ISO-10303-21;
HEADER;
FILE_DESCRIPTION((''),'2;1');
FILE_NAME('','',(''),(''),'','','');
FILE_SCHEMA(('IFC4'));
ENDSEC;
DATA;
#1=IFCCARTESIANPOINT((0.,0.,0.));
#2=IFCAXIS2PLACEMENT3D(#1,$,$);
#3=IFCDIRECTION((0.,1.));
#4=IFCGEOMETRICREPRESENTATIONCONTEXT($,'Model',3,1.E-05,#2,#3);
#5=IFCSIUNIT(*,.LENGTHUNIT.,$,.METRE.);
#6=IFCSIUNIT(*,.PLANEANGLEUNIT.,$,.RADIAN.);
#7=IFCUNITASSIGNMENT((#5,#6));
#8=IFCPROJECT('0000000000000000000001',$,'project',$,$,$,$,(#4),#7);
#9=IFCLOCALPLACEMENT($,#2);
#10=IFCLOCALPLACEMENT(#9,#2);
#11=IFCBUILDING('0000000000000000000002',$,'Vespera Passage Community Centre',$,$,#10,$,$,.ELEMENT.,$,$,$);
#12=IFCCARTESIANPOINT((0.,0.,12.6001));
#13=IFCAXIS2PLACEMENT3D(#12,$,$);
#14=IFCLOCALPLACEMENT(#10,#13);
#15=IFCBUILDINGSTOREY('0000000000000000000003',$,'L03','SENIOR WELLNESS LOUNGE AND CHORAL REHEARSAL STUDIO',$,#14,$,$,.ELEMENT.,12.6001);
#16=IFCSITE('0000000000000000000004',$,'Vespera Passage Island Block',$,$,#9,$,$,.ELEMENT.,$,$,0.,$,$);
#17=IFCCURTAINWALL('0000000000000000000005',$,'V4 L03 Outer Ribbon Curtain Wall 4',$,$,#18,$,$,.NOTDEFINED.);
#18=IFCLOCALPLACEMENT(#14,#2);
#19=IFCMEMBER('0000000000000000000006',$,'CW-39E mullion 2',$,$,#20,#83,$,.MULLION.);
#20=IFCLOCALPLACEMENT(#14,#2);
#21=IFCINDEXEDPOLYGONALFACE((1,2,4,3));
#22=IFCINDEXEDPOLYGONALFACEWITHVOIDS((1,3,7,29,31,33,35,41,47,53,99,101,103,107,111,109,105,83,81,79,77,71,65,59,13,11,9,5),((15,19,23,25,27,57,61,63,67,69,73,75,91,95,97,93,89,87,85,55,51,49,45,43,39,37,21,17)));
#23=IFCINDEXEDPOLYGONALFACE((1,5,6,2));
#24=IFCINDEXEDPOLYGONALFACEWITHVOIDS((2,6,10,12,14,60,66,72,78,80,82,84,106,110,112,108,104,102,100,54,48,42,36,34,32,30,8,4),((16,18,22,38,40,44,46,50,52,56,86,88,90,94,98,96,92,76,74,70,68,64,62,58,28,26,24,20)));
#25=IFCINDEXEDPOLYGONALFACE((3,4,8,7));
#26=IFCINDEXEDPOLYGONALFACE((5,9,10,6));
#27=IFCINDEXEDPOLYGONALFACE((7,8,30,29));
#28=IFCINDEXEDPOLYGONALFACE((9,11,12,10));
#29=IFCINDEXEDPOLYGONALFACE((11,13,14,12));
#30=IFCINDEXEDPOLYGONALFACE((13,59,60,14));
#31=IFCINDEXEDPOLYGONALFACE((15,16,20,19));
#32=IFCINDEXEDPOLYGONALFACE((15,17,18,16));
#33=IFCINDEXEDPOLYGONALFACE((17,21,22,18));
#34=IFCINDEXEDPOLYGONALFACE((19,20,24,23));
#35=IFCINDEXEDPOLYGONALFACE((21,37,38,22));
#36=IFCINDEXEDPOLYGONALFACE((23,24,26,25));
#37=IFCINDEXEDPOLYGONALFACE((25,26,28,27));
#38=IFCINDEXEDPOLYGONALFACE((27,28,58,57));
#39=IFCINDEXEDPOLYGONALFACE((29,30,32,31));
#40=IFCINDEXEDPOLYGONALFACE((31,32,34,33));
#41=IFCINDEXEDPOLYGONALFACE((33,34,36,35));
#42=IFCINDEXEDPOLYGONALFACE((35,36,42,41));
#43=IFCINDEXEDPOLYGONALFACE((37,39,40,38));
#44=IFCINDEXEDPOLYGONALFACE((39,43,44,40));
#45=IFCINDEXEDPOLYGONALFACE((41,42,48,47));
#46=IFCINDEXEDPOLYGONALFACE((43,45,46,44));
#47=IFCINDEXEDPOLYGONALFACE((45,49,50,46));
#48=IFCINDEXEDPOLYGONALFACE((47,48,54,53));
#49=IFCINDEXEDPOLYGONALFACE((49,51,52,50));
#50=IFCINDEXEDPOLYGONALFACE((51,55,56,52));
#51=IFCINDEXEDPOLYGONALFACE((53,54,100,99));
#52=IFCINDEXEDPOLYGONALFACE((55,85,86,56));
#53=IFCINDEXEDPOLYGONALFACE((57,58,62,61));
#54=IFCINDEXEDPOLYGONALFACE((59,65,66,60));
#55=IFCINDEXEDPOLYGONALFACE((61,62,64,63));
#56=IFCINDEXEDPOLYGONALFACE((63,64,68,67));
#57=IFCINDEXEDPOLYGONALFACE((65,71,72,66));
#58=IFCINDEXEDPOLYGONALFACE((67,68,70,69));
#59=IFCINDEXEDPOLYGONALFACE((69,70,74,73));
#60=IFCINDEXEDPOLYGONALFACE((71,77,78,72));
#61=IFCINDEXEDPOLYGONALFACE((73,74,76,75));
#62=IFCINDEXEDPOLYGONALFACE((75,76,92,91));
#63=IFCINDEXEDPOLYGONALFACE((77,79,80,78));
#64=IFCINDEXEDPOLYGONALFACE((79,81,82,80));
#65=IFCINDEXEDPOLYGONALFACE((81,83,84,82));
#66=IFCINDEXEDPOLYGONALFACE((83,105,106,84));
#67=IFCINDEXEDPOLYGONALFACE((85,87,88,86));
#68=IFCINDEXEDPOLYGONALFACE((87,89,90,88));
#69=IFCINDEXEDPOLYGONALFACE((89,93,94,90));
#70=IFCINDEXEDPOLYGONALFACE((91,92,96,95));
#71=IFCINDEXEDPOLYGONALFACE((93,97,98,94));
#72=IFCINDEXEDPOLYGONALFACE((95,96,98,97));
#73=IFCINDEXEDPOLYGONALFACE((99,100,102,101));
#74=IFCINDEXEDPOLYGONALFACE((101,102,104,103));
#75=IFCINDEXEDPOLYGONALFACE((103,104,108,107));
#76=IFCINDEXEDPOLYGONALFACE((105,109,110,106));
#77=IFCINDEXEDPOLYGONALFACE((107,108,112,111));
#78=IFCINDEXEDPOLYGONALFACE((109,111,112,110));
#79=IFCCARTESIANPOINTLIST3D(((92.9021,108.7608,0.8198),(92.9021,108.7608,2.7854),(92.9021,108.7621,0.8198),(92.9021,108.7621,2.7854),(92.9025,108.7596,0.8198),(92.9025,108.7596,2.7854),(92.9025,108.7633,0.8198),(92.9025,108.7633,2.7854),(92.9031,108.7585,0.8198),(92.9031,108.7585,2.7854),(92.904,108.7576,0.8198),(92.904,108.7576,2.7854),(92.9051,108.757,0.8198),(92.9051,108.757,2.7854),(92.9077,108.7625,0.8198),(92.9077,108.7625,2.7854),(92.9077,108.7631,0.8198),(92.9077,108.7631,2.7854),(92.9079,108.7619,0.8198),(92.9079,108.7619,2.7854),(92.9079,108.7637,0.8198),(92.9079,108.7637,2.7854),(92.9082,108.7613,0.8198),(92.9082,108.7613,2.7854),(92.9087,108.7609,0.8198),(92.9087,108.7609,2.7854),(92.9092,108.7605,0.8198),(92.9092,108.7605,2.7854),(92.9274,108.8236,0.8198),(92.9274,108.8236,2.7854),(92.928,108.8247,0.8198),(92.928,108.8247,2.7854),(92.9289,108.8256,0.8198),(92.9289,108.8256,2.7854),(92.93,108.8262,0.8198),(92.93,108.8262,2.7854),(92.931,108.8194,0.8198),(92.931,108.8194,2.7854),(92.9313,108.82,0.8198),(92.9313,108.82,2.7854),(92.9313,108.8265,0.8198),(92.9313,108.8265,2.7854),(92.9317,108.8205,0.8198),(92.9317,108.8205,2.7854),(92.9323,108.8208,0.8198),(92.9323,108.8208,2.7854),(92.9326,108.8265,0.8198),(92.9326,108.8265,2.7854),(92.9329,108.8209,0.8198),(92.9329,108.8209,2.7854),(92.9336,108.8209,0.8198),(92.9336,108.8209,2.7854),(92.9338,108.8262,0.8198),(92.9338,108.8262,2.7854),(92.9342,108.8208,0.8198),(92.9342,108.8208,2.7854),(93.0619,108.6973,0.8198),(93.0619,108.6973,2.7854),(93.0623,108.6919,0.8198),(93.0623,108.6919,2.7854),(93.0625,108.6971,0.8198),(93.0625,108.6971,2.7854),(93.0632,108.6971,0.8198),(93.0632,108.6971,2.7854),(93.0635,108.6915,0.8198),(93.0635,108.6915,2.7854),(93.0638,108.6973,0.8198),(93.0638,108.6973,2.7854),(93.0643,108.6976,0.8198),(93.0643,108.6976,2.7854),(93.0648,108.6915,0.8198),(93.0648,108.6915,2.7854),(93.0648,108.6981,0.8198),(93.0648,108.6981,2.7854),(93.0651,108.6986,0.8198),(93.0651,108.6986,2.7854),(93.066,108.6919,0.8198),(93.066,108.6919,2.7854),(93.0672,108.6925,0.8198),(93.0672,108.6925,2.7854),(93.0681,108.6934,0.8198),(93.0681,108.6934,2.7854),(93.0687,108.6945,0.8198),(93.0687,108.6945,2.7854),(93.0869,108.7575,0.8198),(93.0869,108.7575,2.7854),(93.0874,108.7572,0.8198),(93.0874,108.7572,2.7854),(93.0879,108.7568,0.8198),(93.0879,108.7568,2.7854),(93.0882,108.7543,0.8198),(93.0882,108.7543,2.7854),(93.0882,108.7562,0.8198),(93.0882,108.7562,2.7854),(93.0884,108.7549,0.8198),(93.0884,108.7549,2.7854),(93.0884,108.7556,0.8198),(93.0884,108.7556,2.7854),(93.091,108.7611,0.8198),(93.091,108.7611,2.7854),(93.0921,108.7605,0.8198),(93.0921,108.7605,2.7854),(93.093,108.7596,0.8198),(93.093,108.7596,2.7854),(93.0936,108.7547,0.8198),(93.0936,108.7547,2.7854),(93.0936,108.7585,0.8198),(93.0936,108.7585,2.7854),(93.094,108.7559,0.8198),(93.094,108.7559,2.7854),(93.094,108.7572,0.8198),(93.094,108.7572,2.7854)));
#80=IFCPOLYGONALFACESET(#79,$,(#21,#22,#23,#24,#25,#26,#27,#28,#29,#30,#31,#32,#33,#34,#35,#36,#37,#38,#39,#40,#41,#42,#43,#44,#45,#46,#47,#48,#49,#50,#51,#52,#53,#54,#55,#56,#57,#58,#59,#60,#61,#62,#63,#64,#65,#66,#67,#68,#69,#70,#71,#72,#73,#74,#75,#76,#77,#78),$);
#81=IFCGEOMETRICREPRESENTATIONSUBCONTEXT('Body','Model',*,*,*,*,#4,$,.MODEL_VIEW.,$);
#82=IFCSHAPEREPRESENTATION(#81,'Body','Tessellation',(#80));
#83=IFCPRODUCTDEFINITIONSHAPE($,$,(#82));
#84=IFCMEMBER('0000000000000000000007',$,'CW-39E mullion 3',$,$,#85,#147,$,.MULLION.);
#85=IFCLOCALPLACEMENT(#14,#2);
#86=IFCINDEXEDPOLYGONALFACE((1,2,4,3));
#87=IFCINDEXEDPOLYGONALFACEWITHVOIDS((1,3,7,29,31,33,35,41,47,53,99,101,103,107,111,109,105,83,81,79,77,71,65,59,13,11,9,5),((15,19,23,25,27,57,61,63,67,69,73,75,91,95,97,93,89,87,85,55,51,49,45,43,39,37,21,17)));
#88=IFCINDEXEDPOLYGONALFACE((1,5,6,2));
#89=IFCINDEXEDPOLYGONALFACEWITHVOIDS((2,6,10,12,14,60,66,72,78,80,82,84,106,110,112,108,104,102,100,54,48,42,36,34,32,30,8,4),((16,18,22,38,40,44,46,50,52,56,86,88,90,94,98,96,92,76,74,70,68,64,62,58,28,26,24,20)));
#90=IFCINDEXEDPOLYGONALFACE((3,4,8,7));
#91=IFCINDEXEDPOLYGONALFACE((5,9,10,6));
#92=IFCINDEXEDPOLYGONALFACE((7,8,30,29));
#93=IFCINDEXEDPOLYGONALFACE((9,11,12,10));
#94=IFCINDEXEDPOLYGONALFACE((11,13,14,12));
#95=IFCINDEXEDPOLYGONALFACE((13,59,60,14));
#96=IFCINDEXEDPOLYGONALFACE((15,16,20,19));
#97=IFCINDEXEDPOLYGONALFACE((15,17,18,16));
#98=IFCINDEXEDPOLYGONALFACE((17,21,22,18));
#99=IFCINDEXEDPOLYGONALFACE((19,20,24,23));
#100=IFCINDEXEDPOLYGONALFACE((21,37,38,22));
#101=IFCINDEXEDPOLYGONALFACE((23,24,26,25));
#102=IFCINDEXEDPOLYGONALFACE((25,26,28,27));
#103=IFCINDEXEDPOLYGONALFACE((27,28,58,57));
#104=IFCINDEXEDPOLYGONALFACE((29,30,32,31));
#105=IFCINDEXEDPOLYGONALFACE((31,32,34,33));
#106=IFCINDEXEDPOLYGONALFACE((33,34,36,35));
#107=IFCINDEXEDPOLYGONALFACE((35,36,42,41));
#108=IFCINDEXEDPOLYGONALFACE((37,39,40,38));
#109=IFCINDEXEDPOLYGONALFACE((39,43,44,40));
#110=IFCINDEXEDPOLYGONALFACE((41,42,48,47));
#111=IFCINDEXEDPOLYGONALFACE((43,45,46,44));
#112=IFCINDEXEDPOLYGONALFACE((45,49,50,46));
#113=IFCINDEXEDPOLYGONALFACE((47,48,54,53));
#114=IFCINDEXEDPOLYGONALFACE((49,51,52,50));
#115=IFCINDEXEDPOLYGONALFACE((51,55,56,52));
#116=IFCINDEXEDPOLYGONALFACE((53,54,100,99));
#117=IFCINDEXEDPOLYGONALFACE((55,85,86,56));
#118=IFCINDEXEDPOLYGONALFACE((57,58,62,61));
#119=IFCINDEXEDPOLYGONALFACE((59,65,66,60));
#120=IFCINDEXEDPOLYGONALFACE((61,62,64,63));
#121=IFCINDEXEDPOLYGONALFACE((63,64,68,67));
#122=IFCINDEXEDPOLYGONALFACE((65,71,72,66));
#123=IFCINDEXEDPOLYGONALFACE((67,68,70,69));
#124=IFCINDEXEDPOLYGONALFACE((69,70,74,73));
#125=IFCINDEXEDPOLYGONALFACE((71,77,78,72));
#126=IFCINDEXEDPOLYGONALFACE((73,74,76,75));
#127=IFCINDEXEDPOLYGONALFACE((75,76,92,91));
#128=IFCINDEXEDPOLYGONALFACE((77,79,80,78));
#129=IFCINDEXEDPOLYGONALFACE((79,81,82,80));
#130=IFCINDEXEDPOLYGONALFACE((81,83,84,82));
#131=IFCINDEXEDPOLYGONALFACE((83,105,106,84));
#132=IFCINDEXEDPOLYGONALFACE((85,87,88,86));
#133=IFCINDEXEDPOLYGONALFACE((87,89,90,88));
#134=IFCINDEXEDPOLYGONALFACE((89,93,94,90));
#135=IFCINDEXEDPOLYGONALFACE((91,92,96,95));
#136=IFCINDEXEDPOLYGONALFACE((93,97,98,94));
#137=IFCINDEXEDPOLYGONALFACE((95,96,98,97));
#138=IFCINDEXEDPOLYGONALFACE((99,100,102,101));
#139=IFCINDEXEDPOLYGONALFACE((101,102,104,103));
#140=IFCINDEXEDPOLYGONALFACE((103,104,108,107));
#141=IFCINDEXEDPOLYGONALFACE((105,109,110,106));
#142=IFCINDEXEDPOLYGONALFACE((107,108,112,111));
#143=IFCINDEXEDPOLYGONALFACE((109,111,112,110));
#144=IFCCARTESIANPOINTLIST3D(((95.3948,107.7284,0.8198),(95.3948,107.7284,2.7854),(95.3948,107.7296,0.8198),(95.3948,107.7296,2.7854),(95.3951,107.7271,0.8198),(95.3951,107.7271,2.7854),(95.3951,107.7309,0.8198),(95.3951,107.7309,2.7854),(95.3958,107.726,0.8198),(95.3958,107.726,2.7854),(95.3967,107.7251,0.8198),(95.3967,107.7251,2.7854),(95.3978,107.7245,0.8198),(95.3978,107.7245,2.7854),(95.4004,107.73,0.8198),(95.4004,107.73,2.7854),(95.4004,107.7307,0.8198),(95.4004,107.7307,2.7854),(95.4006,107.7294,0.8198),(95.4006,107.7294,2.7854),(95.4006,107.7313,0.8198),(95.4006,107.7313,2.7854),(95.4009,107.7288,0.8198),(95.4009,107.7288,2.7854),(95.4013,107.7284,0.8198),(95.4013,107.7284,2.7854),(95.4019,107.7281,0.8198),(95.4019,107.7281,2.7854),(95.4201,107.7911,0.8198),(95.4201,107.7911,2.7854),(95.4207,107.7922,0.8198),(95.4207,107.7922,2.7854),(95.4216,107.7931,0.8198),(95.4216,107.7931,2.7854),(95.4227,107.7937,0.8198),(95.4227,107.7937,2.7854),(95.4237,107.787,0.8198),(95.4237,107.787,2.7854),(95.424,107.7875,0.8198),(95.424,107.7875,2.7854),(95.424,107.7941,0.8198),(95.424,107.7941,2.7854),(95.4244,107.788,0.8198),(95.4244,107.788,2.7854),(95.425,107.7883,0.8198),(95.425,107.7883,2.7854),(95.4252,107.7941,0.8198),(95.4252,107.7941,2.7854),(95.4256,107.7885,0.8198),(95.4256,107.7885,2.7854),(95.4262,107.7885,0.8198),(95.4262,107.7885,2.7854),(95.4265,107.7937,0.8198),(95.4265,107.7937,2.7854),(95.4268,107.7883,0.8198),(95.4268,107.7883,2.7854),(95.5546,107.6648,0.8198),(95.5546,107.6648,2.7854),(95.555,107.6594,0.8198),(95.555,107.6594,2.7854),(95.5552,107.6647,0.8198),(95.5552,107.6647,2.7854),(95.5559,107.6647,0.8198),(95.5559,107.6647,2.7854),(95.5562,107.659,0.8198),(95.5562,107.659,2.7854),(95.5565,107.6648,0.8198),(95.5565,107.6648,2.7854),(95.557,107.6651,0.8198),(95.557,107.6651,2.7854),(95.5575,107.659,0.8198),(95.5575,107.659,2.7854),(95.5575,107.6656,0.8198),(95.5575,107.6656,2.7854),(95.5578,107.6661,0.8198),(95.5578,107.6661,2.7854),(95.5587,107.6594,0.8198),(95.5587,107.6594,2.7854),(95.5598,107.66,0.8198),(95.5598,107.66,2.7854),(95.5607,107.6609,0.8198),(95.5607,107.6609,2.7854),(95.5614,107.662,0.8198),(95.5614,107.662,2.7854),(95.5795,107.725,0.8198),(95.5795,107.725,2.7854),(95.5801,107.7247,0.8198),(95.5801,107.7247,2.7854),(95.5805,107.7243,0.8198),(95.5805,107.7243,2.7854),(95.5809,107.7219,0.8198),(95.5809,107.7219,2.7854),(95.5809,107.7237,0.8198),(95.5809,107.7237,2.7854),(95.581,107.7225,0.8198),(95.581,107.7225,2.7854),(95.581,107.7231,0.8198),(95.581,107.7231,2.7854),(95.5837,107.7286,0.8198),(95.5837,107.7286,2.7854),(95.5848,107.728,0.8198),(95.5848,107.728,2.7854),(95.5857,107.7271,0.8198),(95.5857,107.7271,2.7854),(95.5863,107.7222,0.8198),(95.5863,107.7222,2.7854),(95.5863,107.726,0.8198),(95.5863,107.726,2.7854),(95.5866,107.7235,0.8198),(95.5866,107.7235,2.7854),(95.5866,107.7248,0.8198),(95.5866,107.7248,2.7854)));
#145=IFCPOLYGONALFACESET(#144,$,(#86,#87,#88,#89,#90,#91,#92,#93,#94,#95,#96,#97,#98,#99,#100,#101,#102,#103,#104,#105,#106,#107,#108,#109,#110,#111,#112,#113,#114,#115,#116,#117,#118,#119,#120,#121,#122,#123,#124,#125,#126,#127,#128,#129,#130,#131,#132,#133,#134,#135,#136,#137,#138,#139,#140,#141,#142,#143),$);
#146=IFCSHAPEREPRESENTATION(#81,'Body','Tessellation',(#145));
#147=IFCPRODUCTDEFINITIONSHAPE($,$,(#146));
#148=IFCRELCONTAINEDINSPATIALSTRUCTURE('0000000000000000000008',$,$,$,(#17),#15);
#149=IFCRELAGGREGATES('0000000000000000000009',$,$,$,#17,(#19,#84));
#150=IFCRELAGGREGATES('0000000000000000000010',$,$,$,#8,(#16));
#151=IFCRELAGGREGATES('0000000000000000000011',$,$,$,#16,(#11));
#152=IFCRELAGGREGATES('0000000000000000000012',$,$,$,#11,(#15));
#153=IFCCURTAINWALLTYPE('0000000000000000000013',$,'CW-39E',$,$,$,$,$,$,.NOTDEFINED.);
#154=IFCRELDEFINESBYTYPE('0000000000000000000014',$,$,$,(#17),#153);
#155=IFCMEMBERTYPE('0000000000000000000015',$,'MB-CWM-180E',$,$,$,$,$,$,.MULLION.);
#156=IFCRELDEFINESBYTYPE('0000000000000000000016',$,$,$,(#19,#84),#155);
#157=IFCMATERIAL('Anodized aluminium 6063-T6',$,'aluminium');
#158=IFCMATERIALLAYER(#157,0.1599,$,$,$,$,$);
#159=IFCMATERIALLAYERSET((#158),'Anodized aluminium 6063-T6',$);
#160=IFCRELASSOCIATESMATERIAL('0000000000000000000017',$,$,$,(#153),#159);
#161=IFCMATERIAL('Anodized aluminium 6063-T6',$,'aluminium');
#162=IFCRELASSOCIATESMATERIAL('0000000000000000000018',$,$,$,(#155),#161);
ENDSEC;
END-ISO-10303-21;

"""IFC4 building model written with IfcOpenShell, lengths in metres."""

from ifc_helpers import new_model, si_unit, direction, frame, origin, origin_2d, place, context, subcontext, project, spatial, hollow_rectangle, extrude, material, layer, layer_set, material_profile, profile_set, type_object, element, aggregate, save


model = new_model("IFC4")

# Units and contexts
model_context = context("Model", 3, precision=1e-05, world=origin(), true_north=direction((0.0, 1.0)))
body_context = subcontext(model_context, "Body", "Model", "MODEL_VIEW")
ifc_project = project(units=[si_unit("LENGTHUNIT", "METRE"), si_unit("PLANEANGLEUNIT", "RADIAN")], contexts=[model_context])

# Site, building, storey
site_placement = place(None, origin())
site = spatial("IfcSite", under=ifc_project, at=site_placement, Name="Vespera Passage Island Block", CompositionType="ELEMENT", RefElevation=0.0)
building_placement = place(site_placement, origin())
building = spatial("IfcBuilding", under=site, at=building_placement, Name="Vespera Passage Community Centre", CompositionType="ELEMENT")
storey_placement = place(building_placement, frame((0.0, 0.0, 12.6001)))
storey = spatial("IfcBuildingStorey", under=building, at=storey_placement, Name="L03", Description="SENIOR WELLNESS LOUNGE AND CHORAL REHEARSAL STUDIO", CompositionType="ELEMENT", Elevation=12.6001)

# Curtain wall, members
ifc_material_1 = material(Name="Anodized aluminium 6063-T6", Category="aluminium")
ifc_layer_1 = layer(ifc_material_1, 0.1599)
ifc_layer_set_1 = layer_set([ifc_layer_1], Name="Anodized aluminium 6063-T6")
curtain_wall_type_1 = type_object("IfcCurtainWallType", Name="CW-39E", PredefinedType="NOTDEFINED", material=ifc_layer_set_1)
curtain_wall_1_placement = place(storey_placement, origin())
curtain_wall_1 = element("IfcCurtainWall", 1, at=curtain_wall_1_placement, inside=storey, type_object=curtain_wall_type_1, Name="V4 L03 Outer Ribbon Curtain Wall 4", PredefinedType="NOTDEFINED")
ifc_material_2 = material(Name="Anodized aluminium 6063-T6", Category="aluminium")
ifc_material_profile_1 = material_profile(ifc_material_2, hollow_rectangle(XDim=0.075, YDim=0.1799, WallThickness=0.0049, InnerFilletRadius=0.0024, OuterFilletRadius=0.0049, at=origin_2d()), Name="ALU180X75X5")
ifc_profile_set_1 = profile_set([ifc_material_profile_1], Name="Anodized aluminium 6063-T6")
member_type_1 = type_object("IfcMemberType", Name="MB-CWM-180E", PredefinedType="MULLION", material=ifc_profile_set_1)
member_1_placement = place(storey_placement, frame((92.998, 108.759, 0.8198), z_axis=(0.0, 0.0, 1.0), x_axis=(0.382683, 0.92388, 0.0)))
member_1 = element("IfcMember", 2, at=member_1_placement, type_object=member_type_1, Name="CW-39E mullion 2", PredefinedType="MULLION", context=body_context, shape_type="SweptSolid", body=[
    extrude(hollow_rectangle(XDim=0.075, YDim=0.1799, WallThickness=0.0049, InnerFilletRadius=0.0024, OuterFilletRadius=0.0049, at=origin_2d()), origin(), (0.0, 0.0, 1.0), 1.9656),
])
member_2_placement = place(storey_placement, frame((95.4907, 107.7266, 0.8198), z_axis=(0.0, 0.0, 1.0), x_axis=(0.382683, 0.92388, 0.0)))
member_2 = element("IfcMember", 3, at=member_2_placement, type_object=member_type_1, Name="CW-39E mullion 3", PredefinedType="MULLION", context=body_context, shape_type="SweptSolid", body=[
    extrude(hollow_rectangle(XDim=0.075, YDim=0.1799, WallThickness=0.0049, InnerFilletRadius=0.0024, OuterFilletRadius=0.0049, at=origin_2d()), origin(), (0.0, 0.0, 1.0), 1.9656),
])

aggregate(curtain_wall_1, [member_1, member_2])

save(model, "model.ifc")
